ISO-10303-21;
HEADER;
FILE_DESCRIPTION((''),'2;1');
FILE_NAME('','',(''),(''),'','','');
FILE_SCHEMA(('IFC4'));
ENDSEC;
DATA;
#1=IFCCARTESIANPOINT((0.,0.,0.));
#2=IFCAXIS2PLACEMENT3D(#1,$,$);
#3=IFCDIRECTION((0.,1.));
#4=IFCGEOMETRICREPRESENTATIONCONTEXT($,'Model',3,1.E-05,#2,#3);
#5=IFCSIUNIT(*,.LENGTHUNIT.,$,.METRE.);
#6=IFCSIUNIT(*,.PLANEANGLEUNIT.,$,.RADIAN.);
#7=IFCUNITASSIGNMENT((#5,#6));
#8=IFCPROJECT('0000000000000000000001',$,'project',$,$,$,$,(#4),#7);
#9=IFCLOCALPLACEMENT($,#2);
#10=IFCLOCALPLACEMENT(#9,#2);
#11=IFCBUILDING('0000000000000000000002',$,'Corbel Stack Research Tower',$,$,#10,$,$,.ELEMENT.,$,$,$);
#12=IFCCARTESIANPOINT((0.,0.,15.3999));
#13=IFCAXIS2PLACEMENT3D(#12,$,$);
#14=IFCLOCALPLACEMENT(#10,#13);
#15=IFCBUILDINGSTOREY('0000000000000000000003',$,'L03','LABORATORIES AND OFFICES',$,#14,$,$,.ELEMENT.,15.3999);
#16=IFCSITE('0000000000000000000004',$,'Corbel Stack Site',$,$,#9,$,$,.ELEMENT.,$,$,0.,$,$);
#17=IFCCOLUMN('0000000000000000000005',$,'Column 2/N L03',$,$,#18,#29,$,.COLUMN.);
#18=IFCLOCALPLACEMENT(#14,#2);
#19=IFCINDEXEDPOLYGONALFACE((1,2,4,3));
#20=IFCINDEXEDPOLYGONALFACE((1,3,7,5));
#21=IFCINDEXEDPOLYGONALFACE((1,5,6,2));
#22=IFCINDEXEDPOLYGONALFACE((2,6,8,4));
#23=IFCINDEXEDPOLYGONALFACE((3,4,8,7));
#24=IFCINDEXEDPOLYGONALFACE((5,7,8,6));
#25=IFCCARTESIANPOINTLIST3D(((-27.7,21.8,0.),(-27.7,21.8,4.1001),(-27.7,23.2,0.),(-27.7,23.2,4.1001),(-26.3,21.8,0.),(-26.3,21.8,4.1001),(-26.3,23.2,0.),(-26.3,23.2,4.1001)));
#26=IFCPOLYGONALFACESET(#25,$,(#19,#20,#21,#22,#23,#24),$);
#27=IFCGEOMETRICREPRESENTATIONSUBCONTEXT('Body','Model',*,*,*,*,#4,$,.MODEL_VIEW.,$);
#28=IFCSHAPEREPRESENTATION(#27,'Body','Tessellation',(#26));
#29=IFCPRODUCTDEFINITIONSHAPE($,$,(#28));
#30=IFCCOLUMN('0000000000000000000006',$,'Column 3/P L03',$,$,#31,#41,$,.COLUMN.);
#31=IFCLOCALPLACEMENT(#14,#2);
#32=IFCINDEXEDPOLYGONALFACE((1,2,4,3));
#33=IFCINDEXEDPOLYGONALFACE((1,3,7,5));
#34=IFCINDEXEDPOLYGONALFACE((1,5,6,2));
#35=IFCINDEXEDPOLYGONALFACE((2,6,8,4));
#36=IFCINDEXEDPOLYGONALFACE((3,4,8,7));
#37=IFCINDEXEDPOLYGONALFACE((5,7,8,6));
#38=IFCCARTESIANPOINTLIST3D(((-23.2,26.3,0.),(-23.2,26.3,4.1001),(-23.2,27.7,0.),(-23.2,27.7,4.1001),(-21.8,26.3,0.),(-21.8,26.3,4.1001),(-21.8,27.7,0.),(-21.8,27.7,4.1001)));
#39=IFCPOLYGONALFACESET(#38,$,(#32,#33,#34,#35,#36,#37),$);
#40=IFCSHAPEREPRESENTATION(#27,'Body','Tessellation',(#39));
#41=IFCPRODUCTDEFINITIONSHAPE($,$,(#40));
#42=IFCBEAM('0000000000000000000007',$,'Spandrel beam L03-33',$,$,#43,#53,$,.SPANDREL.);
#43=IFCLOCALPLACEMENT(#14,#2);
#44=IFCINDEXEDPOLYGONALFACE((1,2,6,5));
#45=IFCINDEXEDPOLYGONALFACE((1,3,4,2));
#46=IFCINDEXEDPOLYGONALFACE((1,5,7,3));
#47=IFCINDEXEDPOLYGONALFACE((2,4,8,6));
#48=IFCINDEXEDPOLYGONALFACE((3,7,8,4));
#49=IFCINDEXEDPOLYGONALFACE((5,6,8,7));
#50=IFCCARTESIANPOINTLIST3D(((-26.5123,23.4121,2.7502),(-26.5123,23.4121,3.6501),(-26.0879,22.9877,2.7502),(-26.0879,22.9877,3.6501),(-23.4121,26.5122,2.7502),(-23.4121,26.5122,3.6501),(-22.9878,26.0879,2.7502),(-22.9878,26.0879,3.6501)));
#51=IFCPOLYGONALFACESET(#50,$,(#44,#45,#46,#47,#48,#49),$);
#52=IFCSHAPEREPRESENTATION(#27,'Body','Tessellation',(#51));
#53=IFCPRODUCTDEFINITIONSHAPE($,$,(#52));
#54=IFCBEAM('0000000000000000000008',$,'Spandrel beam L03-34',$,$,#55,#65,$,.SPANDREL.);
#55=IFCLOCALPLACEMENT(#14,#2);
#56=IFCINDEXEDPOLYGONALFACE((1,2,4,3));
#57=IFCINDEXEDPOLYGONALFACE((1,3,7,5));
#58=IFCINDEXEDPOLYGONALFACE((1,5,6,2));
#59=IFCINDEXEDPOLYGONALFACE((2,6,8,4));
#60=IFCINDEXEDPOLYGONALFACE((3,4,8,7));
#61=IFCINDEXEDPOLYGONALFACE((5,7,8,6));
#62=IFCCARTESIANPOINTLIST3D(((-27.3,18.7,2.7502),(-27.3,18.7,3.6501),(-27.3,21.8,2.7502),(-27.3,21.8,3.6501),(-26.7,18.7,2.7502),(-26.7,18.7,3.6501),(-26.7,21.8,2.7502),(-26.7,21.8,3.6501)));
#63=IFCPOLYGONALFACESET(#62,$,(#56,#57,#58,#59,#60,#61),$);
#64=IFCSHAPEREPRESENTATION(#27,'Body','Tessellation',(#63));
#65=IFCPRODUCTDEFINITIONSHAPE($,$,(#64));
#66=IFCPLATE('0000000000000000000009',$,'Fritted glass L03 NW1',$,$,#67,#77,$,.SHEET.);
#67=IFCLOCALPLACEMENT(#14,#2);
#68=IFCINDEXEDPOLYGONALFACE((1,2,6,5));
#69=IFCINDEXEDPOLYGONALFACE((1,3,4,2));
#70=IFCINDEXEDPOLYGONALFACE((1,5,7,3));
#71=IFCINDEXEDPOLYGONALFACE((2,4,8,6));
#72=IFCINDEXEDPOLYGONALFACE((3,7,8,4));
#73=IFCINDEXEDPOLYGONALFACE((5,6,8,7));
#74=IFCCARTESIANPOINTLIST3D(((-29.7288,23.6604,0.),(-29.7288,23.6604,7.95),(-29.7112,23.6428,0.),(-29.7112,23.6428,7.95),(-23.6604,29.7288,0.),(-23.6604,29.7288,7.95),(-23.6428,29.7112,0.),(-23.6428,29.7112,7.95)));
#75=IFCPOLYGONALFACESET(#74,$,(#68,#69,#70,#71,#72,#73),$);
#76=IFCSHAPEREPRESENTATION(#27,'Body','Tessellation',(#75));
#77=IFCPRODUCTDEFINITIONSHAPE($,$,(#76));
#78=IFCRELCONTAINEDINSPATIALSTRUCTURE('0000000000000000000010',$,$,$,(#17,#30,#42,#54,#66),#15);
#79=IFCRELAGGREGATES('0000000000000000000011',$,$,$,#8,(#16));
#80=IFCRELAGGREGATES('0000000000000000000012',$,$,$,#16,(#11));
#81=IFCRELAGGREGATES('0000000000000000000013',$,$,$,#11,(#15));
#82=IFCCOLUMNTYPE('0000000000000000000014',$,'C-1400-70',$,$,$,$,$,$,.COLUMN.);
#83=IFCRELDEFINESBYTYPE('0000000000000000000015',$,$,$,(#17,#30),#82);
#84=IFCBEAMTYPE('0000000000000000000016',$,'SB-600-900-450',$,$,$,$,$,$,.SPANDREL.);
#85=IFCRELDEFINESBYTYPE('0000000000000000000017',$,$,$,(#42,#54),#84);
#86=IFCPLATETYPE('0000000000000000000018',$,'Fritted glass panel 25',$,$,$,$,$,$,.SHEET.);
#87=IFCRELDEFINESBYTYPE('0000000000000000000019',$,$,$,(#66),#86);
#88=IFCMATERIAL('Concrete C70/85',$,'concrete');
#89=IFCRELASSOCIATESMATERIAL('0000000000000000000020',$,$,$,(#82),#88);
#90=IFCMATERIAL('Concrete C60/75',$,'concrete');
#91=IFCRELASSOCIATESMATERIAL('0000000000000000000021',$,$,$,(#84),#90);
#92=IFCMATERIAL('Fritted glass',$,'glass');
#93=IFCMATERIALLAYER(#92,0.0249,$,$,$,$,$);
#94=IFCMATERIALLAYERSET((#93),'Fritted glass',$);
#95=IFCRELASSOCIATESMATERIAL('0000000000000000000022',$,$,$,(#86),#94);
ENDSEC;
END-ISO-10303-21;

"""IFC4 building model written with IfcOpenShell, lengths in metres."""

from ifc_helpers import new_model, si_unit, direction, frame, origin, origin_2d, place, context, subcontext, project, spatial, rectangle, extrude, material, layer, layer_set, material_profile, profile_set, type_object, element, save


model = new_model("IFC4")

# Units and contexts
model_context = context("Model", 3, precision=1e-05, world=origin(), true_north=direction((0.0, 1.0)))
body_context = subcontext(model_context, "Body", "Model", "MODEL_VIEW")
ifc_project = project(units=[si_unit("LENGTHUNIT", "METRE"), si_unit("PLANEANGLEUNIT", "RADIAN")], contexts=[model_context])

# Site, building, storey
site_placement = place(None, origin())
site = spatial("IfcSite", under=ifc_project, at=site_placement, Name="Corbel Stack Site", CompositionType="ELEMENT", RefElevation=0.0)
building_placement = place(site_placement, origin())
building = spatial("IfcBuilding", under=site, at=building_placement, Name="Corbel Stack Research Tower", CompositionType="ELEMENT")
storey_placement = place(building_placement, frame((0.0, 0.0, 15.3999)))
storey = spatial("IfcBuildingStorey", under=building, at=storey_placement, Name="L03", Description="LABORATORIES AND OFFICES", CompositionType="ELEMENT", Elevation=15.3999)

# Columns
ifc_material_1 = material(Name="Concrete C70/85", Category="concrete")
ifc_material_profile_1 = material_profile(ifc_material_1, rectangle(XDim=1.3999, YDim=1.3999, at=origin_2d()), Name="RC 1400 x 1400")
ifc_profile_set_1 = profile_set([ifc_material_profile_1], Name="Concrete C70/85")
column_type = type_object("IfcColumnType", Name="C-1400-70", PredefinedType="COLUMN", material=ifc_profile_set_1)
for number, where, z_axis, x_axis, name in (
    (1, (-27.0, 22.5, 0.0), (0.0, 0.0, 1.0), (1.0, 0.0, 0.0), "Column 2/N L03"),
    (2, (-22.5, 27.0, 0.0), (0.0, 0.0, 1.0), (1.0, 0.0, 0.0), "Column 3/P L03"),
):
    element("IfcColumn", number, at=place(storey_placement, frame(where, z_axis=z_axis, x_axis=x_axis)), inside=storey, type_object=column_type, Name=name, PredefinedType="COLUMN", context=body_context, shape_type="SweptSolid", body=[
        extrude(rectangle(XDim=1.3999, YDim=1.3999, at=origin_2d()), origin(), (0.0, 0.0, 1.0), 4.1001),
    ])

# Beams
ifc_material_2 = material(Name="Concrete C60/75", Category="concrete")
ifc_material_profile_2 = material_profile(ifc_material_2, rectangle(XDim=0.6001, YDim=0.8999, at=origin_2d()), Name="RC 600 x 900")
ifc_profile_set_2 = profile_set([ifc_material_profile_2], Name="Concrete C60/75")
beam_type = type_object("IfcBeamType", Name="SB-600-900-450", PredefinedType="SPANDREL", material=ifc_profile_set_2)
beam_1_placement = place(storey_placement, frame((-23.2, 26.3, 3.2002), z_axis=(-0.707107, -0.707107, 0.0), x_axis=(0.707107, -0.707107, 0.0)))
element("IfcBeam", 3, at=beam_1_placement, inside=storey, type_object=beam_type, Name="Spandrel beam L03-33", PredefinedType="SPANDREL", context=body_context, shape_type="SweptSolid", body=[
    extrude(rectangle(XDim=0.6001, YDim=0.8999, at=origin_2d()), origin(), (0.0, 0.0, 1.0), 4.3843),
])
beam_2_placement = place(storey_placement, frame((-27.0, 21.8, 3.2002), z_axis=(0.0, -1.0, 0.0), x_axis=(1.0, 0.0, 0.0)))
element("IfcBeam", 4, at=beam_2_placement, inside=storey, type_object=beam_type, Name="Spandrel beam L03-34", PredefinedType="SPANDREL", context=body_context, shape_type="SweptSolid", body=[
    extrude(rectangle(XDim=0.6001, YDim=0.8999, at=origin_2d()), origin(), (0.0, 0.0, 1.0), 3.1001),
])

# Plate
ifc_material_3 = material(Name="Fritted glass", Category="glass")
ifc_layer_1 = layer(ifc_material_3, 0.0249)
ifc_layer_set_1 = layer_set([ifc_layer_1], Name="Fritted glass")
plate_type = type_object("IfcPlateType", Name="Fritted glass panel 25", PredefinedType="SHEET", material=ifc_layer_set_1)
plate_placement = place(storey_placement, frame((-26.6858, 26.6858, 0.0), z_axis=(0.0, 0.0, 1.0), x_axis=(-0.707107, -0.707107, 0.0)))
element("IfcPlate", 5, at=plate_placement, inside=storey, type_object=plate_type, Name="Fritted glass L03 NW1", PredefinedType="SHEET", context=body_context, shape_type="SweptSolid", body=[
    extrude(rectangle(XDim=8.582, YDim=0.0249, at=origin_2d()), origin(), (0.0, 0.0, 1.0), 7.95),
])

save(model, "model.ifc")
